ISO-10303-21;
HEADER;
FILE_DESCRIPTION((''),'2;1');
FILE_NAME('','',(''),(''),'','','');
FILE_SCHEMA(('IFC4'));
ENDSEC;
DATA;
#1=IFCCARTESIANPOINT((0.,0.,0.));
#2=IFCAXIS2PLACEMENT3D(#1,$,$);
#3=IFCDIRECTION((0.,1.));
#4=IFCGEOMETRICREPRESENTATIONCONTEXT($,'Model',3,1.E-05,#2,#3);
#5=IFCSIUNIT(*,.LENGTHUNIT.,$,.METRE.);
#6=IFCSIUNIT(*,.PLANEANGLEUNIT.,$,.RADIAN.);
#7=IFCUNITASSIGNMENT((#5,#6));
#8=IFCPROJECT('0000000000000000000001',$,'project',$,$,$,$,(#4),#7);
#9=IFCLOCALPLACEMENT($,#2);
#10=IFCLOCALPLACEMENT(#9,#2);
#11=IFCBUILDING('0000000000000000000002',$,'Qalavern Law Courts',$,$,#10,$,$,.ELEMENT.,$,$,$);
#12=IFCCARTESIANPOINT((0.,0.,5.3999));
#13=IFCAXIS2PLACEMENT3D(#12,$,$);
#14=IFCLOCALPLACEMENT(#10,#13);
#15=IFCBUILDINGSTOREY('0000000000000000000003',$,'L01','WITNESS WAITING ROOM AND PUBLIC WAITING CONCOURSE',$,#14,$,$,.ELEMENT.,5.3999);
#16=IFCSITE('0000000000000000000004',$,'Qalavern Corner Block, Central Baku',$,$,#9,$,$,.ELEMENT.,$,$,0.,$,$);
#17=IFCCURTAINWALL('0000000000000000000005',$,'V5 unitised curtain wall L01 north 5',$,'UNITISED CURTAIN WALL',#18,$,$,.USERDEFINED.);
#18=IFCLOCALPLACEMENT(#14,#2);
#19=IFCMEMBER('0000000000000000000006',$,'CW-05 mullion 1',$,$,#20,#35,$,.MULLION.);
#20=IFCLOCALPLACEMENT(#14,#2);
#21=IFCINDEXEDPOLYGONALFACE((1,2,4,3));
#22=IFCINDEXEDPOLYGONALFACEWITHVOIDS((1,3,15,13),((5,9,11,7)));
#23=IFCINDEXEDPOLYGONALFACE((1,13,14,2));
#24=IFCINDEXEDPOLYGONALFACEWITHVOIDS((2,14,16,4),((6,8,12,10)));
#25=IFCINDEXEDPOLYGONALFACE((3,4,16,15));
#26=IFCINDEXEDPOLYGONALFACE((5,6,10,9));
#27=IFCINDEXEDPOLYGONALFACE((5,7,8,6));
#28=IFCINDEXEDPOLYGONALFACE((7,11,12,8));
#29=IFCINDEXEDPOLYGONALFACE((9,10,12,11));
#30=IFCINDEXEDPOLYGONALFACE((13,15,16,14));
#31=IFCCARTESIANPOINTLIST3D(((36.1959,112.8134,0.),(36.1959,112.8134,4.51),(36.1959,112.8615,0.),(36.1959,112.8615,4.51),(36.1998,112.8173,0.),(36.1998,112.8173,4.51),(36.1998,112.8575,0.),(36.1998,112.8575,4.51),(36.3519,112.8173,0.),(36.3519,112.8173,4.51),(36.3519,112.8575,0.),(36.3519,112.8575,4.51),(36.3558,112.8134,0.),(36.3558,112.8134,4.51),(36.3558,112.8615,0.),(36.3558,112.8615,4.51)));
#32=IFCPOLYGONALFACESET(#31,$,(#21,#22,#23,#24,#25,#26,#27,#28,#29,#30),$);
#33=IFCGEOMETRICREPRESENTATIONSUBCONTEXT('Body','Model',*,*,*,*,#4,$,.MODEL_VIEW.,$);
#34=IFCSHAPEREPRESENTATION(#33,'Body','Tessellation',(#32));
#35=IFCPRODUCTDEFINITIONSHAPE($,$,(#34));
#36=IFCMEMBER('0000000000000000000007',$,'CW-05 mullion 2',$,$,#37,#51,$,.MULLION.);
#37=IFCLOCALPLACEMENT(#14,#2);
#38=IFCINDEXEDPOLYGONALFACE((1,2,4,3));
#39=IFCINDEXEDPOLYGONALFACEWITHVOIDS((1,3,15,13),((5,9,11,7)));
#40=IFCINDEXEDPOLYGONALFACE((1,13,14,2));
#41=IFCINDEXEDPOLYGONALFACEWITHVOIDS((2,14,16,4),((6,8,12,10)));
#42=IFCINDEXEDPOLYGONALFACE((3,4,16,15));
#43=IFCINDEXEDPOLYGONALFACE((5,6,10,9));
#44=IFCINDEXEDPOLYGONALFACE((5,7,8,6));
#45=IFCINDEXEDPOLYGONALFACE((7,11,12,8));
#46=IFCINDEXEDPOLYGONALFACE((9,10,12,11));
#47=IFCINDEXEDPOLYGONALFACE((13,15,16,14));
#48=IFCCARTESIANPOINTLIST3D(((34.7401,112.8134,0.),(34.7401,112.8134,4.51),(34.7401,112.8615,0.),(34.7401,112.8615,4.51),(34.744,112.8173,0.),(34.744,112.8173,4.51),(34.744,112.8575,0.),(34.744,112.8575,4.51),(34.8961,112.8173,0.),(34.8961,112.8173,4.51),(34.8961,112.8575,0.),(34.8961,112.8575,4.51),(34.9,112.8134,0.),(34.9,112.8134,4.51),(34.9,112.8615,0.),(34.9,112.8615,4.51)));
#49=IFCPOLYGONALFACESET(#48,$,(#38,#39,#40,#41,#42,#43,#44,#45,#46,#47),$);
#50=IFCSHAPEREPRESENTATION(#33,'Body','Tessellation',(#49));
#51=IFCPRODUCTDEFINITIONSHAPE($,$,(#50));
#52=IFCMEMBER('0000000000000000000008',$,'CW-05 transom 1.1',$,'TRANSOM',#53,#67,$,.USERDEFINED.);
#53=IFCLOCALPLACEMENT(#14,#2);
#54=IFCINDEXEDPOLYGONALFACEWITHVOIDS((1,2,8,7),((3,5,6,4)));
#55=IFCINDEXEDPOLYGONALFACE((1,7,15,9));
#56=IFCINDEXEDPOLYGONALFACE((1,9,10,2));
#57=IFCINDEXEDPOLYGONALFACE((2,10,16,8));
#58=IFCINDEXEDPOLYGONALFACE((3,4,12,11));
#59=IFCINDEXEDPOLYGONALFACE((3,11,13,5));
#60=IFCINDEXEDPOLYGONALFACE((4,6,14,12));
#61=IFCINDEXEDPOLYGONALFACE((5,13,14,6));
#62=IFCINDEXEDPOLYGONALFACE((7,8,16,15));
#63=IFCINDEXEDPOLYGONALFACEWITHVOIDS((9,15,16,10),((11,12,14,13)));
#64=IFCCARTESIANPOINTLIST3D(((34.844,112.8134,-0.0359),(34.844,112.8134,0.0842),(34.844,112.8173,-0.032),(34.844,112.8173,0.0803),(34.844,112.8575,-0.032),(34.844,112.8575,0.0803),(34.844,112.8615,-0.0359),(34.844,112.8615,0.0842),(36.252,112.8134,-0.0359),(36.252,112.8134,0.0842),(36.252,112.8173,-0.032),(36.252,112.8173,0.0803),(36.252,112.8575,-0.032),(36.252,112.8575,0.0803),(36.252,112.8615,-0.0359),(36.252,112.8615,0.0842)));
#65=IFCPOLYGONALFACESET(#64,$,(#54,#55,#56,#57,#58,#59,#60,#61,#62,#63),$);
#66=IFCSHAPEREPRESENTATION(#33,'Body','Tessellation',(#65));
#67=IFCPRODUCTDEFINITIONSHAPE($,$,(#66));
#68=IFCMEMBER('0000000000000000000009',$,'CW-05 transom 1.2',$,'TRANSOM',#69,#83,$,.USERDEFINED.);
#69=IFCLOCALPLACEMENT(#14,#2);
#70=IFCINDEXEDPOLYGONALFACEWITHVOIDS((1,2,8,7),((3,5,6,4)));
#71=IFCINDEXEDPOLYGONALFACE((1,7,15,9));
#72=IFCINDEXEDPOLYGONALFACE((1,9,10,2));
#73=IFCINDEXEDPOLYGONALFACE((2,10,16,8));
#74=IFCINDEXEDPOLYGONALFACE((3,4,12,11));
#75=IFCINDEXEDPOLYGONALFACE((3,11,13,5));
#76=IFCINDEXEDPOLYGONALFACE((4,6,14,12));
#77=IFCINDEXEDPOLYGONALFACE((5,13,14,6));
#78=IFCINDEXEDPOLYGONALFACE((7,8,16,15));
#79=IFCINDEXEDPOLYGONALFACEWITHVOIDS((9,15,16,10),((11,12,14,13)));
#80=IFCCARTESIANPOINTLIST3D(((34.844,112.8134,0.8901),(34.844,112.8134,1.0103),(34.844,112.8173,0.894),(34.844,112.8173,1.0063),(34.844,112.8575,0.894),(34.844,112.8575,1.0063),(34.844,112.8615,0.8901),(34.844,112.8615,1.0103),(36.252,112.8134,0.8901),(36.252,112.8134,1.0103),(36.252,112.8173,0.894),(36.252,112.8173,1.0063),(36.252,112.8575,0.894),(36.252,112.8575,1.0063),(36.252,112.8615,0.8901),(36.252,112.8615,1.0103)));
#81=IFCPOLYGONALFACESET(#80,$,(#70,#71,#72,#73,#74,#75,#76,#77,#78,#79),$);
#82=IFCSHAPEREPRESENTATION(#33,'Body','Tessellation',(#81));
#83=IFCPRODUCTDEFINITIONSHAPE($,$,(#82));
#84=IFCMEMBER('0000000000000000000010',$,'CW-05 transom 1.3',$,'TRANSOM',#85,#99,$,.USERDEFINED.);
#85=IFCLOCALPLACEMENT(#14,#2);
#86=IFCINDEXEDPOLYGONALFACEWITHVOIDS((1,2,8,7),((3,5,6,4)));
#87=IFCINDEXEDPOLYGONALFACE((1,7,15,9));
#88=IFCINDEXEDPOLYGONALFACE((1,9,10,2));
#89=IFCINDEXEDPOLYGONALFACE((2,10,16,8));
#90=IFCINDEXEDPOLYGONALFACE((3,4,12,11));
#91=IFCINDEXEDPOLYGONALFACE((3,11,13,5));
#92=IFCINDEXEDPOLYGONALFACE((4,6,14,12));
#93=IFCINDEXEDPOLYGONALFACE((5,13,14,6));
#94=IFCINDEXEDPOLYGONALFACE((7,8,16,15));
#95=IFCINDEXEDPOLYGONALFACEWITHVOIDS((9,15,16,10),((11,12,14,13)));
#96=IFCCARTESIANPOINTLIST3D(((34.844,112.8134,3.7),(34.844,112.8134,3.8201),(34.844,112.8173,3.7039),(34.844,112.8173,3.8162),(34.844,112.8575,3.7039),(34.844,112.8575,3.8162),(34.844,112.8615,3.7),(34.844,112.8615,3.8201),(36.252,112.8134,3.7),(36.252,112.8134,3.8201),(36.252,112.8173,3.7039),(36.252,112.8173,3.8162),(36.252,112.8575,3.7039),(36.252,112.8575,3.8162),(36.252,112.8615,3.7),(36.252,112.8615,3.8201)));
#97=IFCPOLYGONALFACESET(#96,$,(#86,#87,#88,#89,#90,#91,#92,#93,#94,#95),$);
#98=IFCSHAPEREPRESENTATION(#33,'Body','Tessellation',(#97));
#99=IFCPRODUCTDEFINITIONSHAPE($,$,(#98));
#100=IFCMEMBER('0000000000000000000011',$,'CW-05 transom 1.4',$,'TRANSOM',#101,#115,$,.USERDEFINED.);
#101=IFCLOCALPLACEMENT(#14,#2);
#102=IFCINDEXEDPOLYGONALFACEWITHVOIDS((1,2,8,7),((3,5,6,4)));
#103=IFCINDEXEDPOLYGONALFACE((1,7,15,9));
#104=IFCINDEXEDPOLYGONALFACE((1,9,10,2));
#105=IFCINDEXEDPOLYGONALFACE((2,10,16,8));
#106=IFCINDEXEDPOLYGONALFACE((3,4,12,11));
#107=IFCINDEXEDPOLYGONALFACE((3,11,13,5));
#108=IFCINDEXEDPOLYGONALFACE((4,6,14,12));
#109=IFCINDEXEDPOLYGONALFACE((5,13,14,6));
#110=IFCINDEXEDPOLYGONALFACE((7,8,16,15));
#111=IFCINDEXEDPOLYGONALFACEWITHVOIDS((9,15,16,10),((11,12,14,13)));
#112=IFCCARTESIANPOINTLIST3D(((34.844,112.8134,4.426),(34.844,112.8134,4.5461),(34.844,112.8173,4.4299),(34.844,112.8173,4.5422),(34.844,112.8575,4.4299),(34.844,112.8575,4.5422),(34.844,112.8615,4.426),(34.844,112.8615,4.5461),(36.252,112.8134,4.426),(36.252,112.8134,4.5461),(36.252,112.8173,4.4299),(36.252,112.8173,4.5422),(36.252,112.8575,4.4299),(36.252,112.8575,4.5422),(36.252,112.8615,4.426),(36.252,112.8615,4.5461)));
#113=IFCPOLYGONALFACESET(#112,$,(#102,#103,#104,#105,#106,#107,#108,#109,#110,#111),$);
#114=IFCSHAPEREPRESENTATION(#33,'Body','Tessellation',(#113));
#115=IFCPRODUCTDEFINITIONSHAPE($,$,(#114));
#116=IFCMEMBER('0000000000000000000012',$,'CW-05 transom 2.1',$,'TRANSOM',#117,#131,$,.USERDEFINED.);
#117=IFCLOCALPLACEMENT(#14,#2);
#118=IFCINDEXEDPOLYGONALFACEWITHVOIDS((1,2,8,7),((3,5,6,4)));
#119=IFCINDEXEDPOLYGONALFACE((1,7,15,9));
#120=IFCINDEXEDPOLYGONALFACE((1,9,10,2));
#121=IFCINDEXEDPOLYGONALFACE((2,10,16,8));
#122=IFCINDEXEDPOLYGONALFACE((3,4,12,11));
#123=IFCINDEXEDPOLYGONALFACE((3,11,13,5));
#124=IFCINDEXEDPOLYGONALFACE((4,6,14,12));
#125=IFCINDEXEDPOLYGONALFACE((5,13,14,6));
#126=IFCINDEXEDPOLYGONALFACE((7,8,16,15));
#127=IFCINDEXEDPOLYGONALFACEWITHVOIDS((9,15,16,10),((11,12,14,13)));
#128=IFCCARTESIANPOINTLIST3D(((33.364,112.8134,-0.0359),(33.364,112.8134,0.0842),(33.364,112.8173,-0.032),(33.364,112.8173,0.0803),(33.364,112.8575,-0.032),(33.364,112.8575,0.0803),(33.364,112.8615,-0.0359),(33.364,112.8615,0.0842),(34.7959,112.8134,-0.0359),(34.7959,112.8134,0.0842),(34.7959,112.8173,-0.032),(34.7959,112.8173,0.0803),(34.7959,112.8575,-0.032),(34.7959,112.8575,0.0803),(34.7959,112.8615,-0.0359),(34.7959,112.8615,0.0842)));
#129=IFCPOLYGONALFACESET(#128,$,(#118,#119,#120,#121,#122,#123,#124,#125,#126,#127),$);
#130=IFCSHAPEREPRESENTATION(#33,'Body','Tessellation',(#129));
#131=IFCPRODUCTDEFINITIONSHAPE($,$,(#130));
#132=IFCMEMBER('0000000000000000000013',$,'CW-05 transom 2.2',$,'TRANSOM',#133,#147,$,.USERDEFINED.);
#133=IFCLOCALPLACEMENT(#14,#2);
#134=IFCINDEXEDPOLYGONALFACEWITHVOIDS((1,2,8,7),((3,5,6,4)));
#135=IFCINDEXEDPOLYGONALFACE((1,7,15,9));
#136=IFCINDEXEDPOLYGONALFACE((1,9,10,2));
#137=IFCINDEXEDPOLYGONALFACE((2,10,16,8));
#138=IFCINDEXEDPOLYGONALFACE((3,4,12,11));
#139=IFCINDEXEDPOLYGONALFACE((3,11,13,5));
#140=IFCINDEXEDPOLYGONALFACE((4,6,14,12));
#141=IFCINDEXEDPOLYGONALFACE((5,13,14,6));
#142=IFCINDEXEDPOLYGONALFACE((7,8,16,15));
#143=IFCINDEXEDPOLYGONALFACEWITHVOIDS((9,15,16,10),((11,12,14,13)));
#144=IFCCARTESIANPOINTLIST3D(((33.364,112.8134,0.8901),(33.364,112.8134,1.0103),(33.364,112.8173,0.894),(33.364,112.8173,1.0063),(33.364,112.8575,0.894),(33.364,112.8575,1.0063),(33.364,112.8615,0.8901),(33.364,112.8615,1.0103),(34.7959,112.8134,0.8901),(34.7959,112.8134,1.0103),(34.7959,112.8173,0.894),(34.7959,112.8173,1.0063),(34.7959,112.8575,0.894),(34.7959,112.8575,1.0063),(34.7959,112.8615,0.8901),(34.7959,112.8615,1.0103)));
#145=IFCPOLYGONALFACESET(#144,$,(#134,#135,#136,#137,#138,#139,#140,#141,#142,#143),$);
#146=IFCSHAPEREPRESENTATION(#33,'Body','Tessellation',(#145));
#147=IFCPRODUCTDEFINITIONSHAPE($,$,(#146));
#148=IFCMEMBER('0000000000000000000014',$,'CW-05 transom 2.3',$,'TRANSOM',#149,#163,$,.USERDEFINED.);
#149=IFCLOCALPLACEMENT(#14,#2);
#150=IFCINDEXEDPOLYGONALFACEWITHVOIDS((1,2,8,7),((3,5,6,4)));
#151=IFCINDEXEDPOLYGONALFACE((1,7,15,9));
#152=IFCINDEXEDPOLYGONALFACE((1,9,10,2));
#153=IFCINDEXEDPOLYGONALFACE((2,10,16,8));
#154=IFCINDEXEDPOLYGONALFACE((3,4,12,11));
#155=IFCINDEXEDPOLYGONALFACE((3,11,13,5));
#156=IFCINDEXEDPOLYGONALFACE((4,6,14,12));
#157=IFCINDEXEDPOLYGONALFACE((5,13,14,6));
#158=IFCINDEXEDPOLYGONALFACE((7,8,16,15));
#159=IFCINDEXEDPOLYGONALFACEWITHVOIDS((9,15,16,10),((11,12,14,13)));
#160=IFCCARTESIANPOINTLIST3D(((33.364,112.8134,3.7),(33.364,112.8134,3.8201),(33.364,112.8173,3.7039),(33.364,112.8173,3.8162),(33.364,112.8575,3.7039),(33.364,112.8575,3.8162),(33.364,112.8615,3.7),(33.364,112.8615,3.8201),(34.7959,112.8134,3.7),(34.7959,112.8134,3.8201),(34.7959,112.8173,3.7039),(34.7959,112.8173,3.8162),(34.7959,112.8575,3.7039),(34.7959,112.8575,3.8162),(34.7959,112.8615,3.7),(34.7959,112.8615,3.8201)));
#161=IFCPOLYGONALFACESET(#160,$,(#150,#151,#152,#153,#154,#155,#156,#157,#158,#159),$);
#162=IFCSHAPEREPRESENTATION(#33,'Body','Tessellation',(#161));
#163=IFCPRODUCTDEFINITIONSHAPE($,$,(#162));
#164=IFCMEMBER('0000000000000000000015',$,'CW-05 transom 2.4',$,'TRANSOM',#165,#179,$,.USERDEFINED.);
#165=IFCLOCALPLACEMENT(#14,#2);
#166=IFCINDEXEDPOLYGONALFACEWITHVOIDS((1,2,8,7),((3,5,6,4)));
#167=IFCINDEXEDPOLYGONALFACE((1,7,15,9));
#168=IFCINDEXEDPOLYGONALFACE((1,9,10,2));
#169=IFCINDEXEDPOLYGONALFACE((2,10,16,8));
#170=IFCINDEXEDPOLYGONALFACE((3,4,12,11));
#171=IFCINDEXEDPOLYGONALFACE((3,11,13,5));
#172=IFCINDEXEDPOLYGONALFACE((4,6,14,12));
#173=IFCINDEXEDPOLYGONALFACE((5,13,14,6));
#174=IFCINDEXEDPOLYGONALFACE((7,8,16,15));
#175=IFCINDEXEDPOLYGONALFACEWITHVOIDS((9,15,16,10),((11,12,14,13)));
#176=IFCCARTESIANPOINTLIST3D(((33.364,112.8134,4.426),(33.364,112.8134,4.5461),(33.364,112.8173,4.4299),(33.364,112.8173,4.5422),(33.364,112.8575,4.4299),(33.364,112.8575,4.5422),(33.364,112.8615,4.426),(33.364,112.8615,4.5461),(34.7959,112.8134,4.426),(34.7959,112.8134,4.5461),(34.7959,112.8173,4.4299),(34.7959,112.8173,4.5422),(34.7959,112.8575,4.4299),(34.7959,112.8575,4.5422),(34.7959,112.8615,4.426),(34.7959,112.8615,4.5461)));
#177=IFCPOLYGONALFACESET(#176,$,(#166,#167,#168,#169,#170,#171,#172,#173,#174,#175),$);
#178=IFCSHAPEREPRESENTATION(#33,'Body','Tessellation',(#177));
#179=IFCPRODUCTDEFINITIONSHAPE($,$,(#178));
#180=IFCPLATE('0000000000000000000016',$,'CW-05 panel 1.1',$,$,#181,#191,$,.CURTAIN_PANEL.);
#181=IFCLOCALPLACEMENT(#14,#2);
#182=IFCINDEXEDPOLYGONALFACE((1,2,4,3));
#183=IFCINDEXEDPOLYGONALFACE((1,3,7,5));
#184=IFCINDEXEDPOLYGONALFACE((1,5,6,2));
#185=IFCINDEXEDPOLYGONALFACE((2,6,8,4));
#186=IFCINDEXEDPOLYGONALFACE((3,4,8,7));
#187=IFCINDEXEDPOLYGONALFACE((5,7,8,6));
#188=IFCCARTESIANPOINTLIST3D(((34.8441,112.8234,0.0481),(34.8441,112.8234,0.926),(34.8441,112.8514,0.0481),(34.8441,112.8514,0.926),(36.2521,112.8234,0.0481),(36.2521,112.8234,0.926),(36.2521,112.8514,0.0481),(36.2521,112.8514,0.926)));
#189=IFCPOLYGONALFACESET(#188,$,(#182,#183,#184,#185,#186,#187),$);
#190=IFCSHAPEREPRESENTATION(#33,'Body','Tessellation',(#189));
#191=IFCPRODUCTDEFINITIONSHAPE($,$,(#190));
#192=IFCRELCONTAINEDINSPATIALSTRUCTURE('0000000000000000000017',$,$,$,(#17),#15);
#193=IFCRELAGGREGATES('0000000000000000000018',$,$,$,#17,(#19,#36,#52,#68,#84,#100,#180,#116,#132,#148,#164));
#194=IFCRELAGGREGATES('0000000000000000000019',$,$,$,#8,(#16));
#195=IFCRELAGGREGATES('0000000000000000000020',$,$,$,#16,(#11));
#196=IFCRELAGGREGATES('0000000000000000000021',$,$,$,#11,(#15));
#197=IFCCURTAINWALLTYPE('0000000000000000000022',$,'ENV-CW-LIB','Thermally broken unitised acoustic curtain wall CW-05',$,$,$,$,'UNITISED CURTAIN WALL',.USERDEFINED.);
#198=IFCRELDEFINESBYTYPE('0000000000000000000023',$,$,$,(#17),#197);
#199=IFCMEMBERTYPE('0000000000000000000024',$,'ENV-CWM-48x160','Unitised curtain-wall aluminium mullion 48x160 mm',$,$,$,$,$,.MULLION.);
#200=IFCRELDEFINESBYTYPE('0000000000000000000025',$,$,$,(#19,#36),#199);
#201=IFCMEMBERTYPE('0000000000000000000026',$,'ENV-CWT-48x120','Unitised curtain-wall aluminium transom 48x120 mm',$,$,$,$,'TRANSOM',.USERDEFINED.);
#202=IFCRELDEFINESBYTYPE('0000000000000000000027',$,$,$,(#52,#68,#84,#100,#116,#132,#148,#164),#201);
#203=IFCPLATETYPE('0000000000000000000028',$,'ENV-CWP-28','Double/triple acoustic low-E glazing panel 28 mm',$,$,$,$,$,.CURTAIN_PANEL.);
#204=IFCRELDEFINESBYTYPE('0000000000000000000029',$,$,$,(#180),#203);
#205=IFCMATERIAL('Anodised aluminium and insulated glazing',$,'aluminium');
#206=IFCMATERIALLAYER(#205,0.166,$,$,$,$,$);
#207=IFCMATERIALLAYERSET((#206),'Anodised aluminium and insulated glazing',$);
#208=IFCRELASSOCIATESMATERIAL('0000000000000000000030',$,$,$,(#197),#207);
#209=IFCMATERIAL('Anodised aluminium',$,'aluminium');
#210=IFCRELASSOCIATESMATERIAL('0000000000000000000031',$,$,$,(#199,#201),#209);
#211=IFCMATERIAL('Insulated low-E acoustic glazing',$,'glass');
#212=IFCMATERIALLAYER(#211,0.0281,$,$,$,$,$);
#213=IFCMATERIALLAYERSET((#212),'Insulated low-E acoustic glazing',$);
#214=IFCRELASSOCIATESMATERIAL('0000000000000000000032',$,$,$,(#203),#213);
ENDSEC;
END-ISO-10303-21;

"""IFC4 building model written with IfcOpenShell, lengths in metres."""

from ifc_helpers import new_model, si_unit, direction, frame, origin, origin_2d, place, context, subcontext, project, spatial, rectangle, hollow_rectangle, extrude, material, layer, layer_set, material_profile, profile_set, type_object, element, aggregate, save


model = new_model("IFC4")

# Units and contexts
model_context = context("Model", 3, precision=1e-05, world=origin(), true_north=direction((0.0, 1.0)))
body_context = subcontext(model_context, "Body", "Model", "MODEL_VIEW")
ifc_project = project(units=[si_unit("LENGTHUNIT", "METRE"), si_unit("PLANEANGLEUNIT", "RADIAN")], contexts=[model_context])

# Site, building, storey
site_placement = place(None, origin())
site = spatial("IfcSite", under=ifc_project, at=site_placement, Name="Qalavern Corner Block, Central Baku", CompositionType="ELEMENT", RefElevation=0.0)
building_placement = place(site_placement, origin())
building = spatial("IfcBuilding", under=site, at=building_placement, Name="Qalavern Law Courts", CompositionType="ELEMENT")
storey_placement = place(building_placement, frame((0.0, 0.0, 5.3999)))
storey = spatial("IfcBuildingStorey", under=building, at=storey_placement, Name="L01", Description="WITNESS WAITING ROOM AND PUBLIC WAITING CONCOURSE", CompositionType="ELEMENT", Elevation=5.3999)

# Curtain wall, members, plate
ifc_material_1 = material(Name="Anodised aluminium and insulated glazing", Category="aluminium")
ifc_layer_1 = layer(ifc_material_1, 0.166)
ifc_layer_set_1 = layer_set([ifc_layer_1], Name="Anodised aluminium and insulated glazing")
curtain_wall_type = type_object("IfcCurtainWallType", Name="ENV-CW-LIB", Description="Thermally broken unitised acoustic curtain wall CW-05", ElementType="UNITISED CURTAIN WALL", PredefinedType="USERDEFINED", material=ifc_layer_set_1)
curtain_wall_placement = place(storey_placement, origin())
curtain_wall = element("IfcCurtainWall", 1, at=curtain_wall_placement, inside=storey, type_object=curtain_wall_type, Name="V5 unitised curtain wall L01 north 5", ObjectType="UNITISED CURTAIN WALL", PredefinedType="USERDEFINED")
ifc_material_2 = material(Name="Anodised aluminium", Category="aluminium")
ifc_material_profile_1 = material_profile(ifc_material_2, hollow_rectangle(XDim=0.0481, YDim=0.1599, WallThickness=0.0039, at=origin_2d()), Name="ALU MULLION 48x160")
ifc_profile_set_1 = profile_set([ifc_material_profile_1], Name="Anodised aluminium")
member_type_1 = type_object("IfcMemberType", Name="ENV-CWM-48x160", Description="Unitised curtain-wall aluminium mullion 48x160 mm", PredefinedType="MULLION", material=ifc_profile_set_1)
member_1_placement = place(storey_placement, frame((36.2759, 112.8374, 0.0), z_axis=(0.0, 0.0, 1.0), x_axis=(0.0, -1.0, 0.0)))
member_1 = element("IfcMember", 2, at=member_1_placement, type_object=member_type_1, Name="CW-05 mullion 1", PredefinedType="MULLION", context=body_context, shape_type="SweptSolid", body=[
    extrude(hollow_rectangle(XDim=0.0481, YDim=0.1599, WallThickness=0.0039, at=origin_2d()), origin(), (0.0, 0.0, 1.0), 4.51),
])
member_2_placement = place(storey_placement, frame((34.8201, 112.8374, 0.0), z_axis=(0.0, 0.0, 1.0), x_axis=(0.0, -1.0, 0.0)))
member_2 = element("IfcMember", 3, at=member_2_placement, type_object=member_type_1, Name="CW-05 mullion 2", PredefinedType="MULLION", context=body_context, shape_type="SweptSolid", body=[
    extrude(hollow_rectangle(XDim=0.0481, YDim=0.1599, WallThickness=0.0039, at=origin_2d()), origin(), (0.0, 0.0, 1.0), 4.51),
])
ifc_material_profile_2 = material_profile(ifc_material_2, hollow_rectangle(XDim=0.0481, YDim=0.1201, WallThickness=0.0039, at=origin_2d()), Name="ALU TRANSOM 48x120")
ifc_profile_set_2 = profile_set([ifc_material_profile_2], Name="Anodised aluminium")
member_type_2 = type_object("IfcMemberType", Name="ENV-CWT-48x120", Description="Unitised curtain-wall aluminium transom 48x120 mm", ElementType="TRANSOM", PredefinedType="USERDEFINED", material=ifc_profile_set_2)
member_3_placement = place(storey_placement, frame((36.252, 112.8374, 0.0242), z_axis=(-1.0, 0.0, 0.0), x_axis=(0.0, -1.0, 0.0)))
member_3 = element("IfcMember", 4, at=member_3_placement, type_object=member_type_2, Name="CW-05 transom 1.1", ObjectType="TRANSOM", PredefinedType="USERDEFINED", context=body_context, shape_type="SweptSolid", body=[
    extrude(hollow_rectangle(XDim=0.0481, YDim=0.1201, WallThickness=0.0039, at=origin_2d()), origin(), (0.0, 0.0, 1.0), 1.408),
])
member_4_placement = place(storey_placement, frame((36.252, 112.8374, 0.9502), z_axis=(-1.0, 0.0, 0.0), x_axis=(0.0, -1.0, 0.0)))
member_4 = element("IfcMember", 5, at=member_4_placement, type_object=member_type_2, Name="CW-05 transom 1.2", ObjectType="TRANSOM", PredefinedType="USERDEFINED", context=body_context, shape_type="SweptSolid", body=[
    extrude(hollow_rectangle(XDim=0.0481, YDim=0.1201, WallThickness=0.0039, at=origin_2d()), origin(), (0.0, 0.0, 1.0), 1.408),
])
member_5_placement = place(storey_placement, frame((36.252, 112.8374, 3.76), z_axis=(-1.0, 0.0, 0.0), x_axis=(0.0, -1.0, 0.0)))
member_5 = element("IfcMember", 6, at=member_5_placement, type_object=member_type_2, Name="CW-05 transom 1.3", ObjectType="TRANSOM", PredefinedType="USERDEFINED", context=body_context, shape_type="SweptSolid", body=[
    extrude(hollow_rectangle(XDim=0.0481, YDim=0.1201, WallThickness=0.0039, at=origin_2d()), origin(), (0.0, 0.0, 1.0), 1.408),
])
member_6_placement = place(storey_placement, frame((36.252, 112.8374, 4.4861), z_axis=(-1.0, 0.0, 0.0), x_axis=(0.0, -1.0, 0.0)))
member_6 = element("IfcMember", 7, at=member_6_placement, type_object=member_type_2, Name="CW-05 transom 1.4", ObjectType="TRANSOM", PredefinedType="USERDEFINED", context=body_context, shape_type="SweptSolid", body=[
    extrude(hollow_rectangle(XDim=0.0481, YDim=0.1201, WallThickness=0.0039, at=origin_2d()), origin(), (0.0, 0.0, 1.0), 1.408),
])
member_7_placement = place(storey_placement, frame((34.7959, 112.8374, 0.0242), z_axis=(-1.0, 0.0, 0.0), x_axis=(0.0, -1.0, 0.0)))
member_7 = element("IfcMember", 8, at=member_7_placement, type_object=member_type_2, Name="CW-05 transom 2.1", ObjectType="TRANSOM", PredefinedType="USERDEFINED", context=body_context, shape_type="SweptSolid", body=[
    extrude(hollow_rectangle(XDim=0.0481, YDim=0.1201, WallThickness=0.0039, at=origin_2d()), origin(), (0.0, 0.0, 1.0), 1.4319),
])
member_8_placement = place(storey_placement, frame((34.7959, 112.8374, 0.9502), z_axis=(-1.0, 0.0, 0.0), x_axis=(0.0, -1.0, 0.0)))
member_8 = element("IfcMember", 9, at=member_8_placement, type_object=member_type_2, Name="CW-05 transom 2.2", ObjectType="TRANSOM", PredefinedType="USERDEFINED", context=body_context, shape_type="SweptSolid", body=[
    extrude(hollow_rectangle(XDim=0.0481, YDim=0.1201, WallThickness=0.0039, at=origin_2d()), origin(), (0.0, 0.0, 1.0), 1.4319),
])
member_9_placement = place(storey_placement, frame((34.7959, 112.8374, 3.76), z_axis=(-1.0, 0.0, 0.0), x_axis=(0.0, -1.0, 0.0)))
member_9 = element("IfcMember", 10, at=member_9_placement, type_object=member_type_2, Name="CW-05 transom 2.3", ObjectType="TRANSOM", PredefinedType="USERDEFINED", context=body_context, shape_type="SweptSolid", body=[
    extrude(hollow_rectangle(XDim=0.0481, YDim=0.1201, WallThickness=0.0039, at=origin_2d()), origin(), (0.0, 0.0, 1.0), 1.4319),
])
member_10_placement = place(storey_placement, frame((34.7959, 112.8374, 4.4861), z_axis=(-1.0, 0.0, 0.0), x_axis=(0.0, -1.0, 0.0)))
member_10 = element("IfcMember", 11, at=member_10_placement, type_object=member_type_2, Name="CW-05 transom 2.4", ObjectType="TRANSOM", PredefinedType="USERDEFINED", context=body_context, shape_type="SweptSolid", body=[
    extrude(hollow_rectangle(XDim=0.0481, YDim=0.1201, WallThickness=0.0039, at=origin_2d()), origin(), (0.0, 0.0, 1.0), 1.4319),
])
ifc_material_3 = material(Name="Insulated low-E acoustic glazing", Category="glass")
ifc_layer_2 = layer(ifc_material_3, 0.0281)
ifc_layer_set_2 = layer_set([ifc_layer_2], Name="Insulated low-E acoustic glazing")
plate_type = type_object("IfcPlateType", Name="ENV-CWP-28", Description="Double/triple acoustic low-E glazing panel 28 mm", PredefinedType="CURTAIN_PANEL", material=ifc_layer_set_2)
plate_1_placement = place(storey_placement, frame((35.5481, 112.8374, 0.0481), z_axis=(0.0, 0.0, 1.0), x_axis=(-1.0, 0.0, 0.0)))
plate_1 = element("IfcPlate", 12, at=plate_1_placement, type_object=plate_type, Name="CW-05 panel 1.1", PredefinedType="CURTAIN_PANEL", context=body_context, shape_type="SweptSolid", body=[
    extrude(rectangle(XDim=1.408, YDim=0.0281, at=origin_2d()), origin(), (0.0, 0.0, 1.0), 0.8779),
])
aggregate(curtain_wall, [member_1, member_2, member_3, member_4, member_5, member_6, plate_1, member_7, member_8, member_9, member_10])

save(model, "model.ifc")
